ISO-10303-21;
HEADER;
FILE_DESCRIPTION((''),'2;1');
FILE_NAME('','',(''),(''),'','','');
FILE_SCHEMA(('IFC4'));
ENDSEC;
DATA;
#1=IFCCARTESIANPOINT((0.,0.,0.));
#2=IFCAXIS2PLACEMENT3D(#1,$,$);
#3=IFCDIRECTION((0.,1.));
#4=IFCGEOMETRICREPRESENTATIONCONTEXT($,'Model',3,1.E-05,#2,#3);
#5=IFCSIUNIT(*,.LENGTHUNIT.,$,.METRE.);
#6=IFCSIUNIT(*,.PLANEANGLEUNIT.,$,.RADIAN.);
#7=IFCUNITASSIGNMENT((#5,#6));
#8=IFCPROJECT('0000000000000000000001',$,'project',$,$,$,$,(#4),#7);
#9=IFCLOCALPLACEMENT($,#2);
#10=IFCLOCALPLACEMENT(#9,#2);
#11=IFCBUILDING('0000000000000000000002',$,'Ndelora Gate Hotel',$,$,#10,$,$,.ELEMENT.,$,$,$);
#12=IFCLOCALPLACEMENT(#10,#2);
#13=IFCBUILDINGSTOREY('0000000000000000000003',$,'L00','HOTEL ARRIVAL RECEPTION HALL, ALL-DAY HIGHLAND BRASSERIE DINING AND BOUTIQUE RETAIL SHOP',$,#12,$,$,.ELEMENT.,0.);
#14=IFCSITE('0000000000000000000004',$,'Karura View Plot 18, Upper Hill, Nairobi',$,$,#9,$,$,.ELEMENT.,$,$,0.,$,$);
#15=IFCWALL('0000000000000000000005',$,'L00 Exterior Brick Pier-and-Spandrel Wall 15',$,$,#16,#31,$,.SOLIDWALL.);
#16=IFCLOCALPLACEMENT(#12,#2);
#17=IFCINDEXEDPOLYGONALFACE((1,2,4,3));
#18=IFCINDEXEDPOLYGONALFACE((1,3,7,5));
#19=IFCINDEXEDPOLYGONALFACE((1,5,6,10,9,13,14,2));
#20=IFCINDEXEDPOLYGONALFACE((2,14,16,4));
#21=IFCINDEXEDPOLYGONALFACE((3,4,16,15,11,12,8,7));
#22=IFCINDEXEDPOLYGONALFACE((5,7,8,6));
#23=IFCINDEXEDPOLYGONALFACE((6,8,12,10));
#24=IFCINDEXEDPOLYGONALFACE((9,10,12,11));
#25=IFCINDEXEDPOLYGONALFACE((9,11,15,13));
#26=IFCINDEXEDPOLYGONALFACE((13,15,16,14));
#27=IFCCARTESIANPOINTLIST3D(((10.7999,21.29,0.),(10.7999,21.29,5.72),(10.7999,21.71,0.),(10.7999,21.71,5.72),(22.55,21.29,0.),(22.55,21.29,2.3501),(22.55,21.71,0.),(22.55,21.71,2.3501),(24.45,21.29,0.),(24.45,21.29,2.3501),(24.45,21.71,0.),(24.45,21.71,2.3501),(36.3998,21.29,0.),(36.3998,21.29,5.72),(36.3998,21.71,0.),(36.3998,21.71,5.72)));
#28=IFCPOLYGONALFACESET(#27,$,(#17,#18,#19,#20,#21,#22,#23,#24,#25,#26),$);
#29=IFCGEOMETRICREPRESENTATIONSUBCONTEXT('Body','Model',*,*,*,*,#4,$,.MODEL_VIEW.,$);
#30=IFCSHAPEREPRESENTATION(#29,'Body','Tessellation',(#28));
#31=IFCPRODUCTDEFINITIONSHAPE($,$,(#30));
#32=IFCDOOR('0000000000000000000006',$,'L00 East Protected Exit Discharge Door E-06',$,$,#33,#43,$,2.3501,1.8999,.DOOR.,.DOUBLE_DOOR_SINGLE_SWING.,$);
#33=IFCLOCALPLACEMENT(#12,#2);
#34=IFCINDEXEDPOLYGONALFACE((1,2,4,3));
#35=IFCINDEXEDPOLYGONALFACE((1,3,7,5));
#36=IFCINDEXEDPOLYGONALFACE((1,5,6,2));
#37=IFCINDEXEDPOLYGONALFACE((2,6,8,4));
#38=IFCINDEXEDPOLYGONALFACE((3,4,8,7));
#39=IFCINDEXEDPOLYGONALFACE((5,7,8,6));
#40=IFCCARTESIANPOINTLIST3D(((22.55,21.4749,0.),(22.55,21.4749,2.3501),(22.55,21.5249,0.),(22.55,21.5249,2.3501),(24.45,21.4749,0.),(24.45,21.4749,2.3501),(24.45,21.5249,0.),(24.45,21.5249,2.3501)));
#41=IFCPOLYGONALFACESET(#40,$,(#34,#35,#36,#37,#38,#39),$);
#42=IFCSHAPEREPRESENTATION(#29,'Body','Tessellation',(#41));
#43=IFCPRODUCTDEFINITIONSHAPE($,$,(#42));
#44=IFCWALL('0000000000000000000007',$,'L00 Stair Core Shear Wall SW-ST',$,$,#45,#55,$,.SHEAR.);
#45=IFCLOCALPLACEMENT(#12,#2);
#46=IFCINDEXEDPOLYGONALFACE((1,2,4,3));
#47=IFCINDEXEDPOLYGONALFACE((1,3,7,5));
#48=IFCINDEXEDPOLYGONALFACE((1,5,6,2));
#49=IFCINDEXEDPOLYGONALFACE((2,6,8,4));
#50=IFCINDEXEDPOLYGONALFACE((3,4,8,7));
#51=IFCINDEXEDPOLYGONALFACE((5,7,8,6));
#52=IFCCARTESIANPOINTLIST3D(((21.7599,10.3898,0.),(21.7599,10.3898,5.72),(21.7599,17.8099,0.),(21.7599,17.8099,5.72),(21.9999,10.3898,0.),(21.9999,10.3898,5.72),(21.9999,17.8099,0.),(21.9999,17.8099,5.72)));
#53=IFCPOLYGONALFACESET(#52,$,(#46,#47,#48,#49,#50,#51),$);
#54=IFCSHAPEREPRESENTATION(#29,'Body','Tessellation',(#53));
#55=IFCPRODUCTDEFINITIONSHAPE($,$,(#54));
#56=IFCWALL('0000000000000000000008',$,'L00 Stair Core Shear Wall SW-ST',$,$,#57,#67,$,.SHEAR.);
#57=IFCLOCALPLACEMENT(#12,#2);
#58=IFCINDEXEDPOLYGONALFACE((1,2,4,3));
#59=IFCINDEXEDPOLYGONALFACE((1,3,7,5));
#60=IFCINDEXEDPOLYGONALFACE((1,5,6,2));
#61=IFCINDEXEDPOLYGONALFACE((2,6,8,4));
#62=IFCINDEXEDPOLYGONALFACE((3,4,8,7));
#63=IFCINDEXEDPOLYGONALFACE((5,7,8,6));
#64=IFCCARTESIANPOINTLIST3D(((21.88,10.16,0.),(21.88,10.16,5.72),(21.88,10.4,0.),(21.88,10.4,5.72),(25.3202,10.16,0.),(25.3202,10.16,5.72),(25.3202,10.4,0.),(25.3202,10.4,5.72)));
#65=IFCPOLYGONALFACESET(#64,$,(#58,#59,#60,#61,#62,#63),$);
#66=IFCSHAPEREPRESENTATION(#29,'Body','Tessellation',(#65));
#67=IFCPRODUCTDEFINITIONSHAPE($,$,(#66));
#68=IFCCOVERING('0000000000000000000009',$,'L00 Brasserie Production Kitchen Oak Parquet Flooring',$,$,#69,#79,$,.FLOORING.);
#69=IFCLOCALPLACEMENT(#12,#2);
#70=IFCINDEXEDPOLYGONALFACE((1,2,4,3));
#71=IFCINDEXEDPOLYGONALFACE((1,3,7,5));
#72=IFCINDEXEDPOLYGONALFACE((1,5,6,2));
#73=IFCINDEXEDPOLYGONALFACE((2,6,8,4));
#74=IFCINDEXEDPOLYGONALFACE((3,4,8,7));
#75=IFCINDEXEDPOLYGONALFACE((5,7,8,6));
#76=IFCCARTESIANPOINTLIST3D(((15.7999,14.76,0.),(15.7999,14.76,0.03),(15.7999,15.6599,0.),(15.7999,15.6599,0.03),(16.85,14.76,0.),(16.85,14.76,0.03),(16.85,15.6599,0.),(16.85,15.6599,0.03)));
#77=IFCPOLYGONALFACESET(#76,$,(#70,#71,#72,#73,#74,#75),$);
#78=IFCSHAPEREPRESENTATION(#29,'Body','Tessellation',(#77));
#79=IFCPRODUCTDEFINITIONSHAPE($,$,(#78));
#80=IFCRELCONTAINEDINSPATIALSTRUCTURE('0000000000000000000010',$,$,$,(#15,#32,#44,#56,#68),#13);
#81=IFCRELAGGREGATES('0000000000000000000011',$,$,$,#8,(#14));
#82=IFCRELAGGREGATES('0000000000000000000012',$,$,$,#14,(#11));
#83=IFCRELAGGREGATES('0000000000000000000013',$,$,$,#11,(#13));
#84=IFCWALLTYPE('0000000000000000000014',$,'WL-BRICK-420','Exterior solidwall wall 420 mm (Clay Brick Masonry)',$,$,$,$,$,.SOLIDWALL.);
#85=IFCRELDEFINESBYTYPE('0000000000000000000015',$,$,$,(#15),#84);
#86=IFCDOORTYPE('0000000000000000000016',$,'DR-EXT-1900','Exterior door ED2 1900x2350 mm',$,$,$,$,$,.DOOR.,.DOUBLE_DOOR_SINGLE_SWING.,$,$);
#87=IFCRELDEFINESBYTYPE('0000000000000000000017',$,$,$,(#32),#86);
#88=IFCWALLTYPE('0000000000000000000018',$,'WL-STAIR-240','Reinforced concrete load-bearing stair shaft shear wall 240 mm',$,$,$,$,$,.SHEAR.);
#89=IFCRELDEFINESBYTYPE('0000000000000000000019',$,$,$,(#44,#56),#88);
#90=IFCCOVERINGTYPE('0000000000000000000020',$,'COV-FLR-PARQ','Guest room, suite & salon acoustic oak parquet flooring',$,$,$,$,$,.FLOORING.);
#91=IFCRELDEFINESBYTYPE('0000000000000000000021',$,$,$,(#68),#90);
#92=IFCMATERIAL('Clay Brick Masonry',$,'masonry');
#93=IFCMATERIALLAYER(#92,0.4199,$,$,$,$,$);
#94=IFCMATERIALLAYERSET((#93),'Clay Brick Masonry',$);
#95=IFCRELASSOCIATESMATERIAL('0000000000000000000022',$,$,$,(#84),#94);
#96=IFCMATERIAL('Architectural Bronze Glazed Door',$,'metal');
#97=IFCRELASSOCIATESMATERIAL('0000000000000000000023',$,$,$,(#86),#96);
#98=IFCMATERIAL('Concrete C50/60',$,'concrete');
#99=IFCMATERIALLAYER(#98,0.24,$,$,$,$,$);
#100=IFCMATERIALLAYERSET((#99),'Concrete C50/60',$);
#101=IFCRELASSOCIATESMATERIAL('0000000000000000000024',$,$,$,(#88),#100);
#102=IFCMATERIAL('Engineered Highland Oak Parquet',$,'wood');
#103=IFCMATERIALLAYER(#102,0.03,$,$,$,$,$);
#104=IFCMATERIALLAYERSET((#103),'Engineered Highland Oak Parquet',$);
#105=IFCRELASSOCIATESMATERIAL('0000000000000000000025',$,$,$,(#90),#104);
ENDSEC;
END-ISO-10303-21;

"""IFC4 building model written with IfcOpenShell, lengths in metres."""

from ifc_helpers import new_model, si_unit, direction, frame, frame_2d, origin, origin_2d, place, context, subcontext, project, spatial, rectangle, extrude, material, layer, layer_set, type_object, element, fill, save


model = new_model("IFC4")

# Units and contexts
model_context = context("Model", 3, precision=1e-05, world=origin(), true_north=direction((0.0, 1.0)))
body_context = subcontext(model_context, "Body", "Model", "MODEL_VIEW")
ifc_project = project(units=[si_unit("LENGTHUNIT", "METRE"), si_unit("PLANEANGLEUNIT", "RADIAN")], contexts=[model_context])

# Site, building, storey
site_placement = place(None, origin())
site = spatial("IfcSite", under=ifc_project, at=site_placement, Name="Karura View Plot 18, Upper Hill, Nairobi", CompositionType="ELEMENT", RefElevation=0.0)
building_placement = place(site_placement, origin())
building = spatial("IfcBuilding", under=site, at=building_placement, Name="Ndelora Gate Hotel", CompositionType="ELEMENT")
storey_placement = place(building_placement, origin())
storey = spatial("IfcBuildingStorey", under=building, at=storey_placement, Name="L00", Description="HOTEL ARRIVAL RECEPTION HALL, ALL-DAY HIGHLAND BRASSERIE DINING AND BOUTIQUE RETAIL SHOP", CompositionType="ELEMENT", Elevation=0.0)

# Shared definitions
ifc_material_1 = material(Name="Concrete C50/60", Category="concrete")

# Shared definitions
ifc_material_2 = material(Name="Clay Brick Masonry", Category="masonry")

# Wall, opening, door
ifc_layer_1 = layer(ifc_material_2, 0.4199)
ifc_layer_set_1 = layer_set([ifc_layer_1], Name="Clay Brick Masonry")
wall_type_1 = type_object("IfcWallType", Name="WL-BRICK-420", Description="Exterior solidwall wall 420 mm (Clay Brick Masonry)", PredefinedType="SOLIDWALL", material=ifc_layer_set_1)
wall_1_placement = place(storey_placement, frame((10.8, 21.5, 0.0), z_axis=(0.0, 0.0, 1.0), x_axis=(1.0, 0.0, 0.0)))
wall_1 = element("IfcWall", 1, at=wall_1_placement, inside=storey, type_object=wall_type_1, Name="L00 Exterior Brick Pier-and-Spandrel Wall 15", PredefinedType="SOLIDWALL", context=body_context, shape_type="SweptSolid", body=[
    extrude(rectangle(XDim=25.5999, YDim=0.4199, at=frame_2d((12.7998, 0.0))), origin(), (0.0, 0.0, 1.0), 5.72),
])
opening_placement = place(wall_1_placement, frame((11.75, 0.0, 0.0)))
opening = element("IfcOpeningElement", 2, at=opening_placement, cuts=wall_1, PredefinedType="OPENING", context=body_context, shape_type="SweptSolid", body=[
    extrude(rectangle(XDim=1.8999, YDim=2.3501, at=frame_2d((0.95, 1.175))), frame((0.0, 0.22, 0.0), z_axis=(0.0, -1.0, 0.0), x_axis=(1.0, 0.0, 0.0)), (0.0, 0.0, 1.0), 0.4399),
])
ifc_material_3 = material(Name="Architectural Bronze Glazed Door", Category="metal")
door_type = type_object("IfcDoorType", Name="DR-EXT-1900", Description="Exterior door ED2 1900x2350 mm", OperationType="DOUBLE_DOOR_SINGLE_SWING", PredefinedType="DOOR", material=ifc_material_3)
door_placement = place(opening_placement, origin())
door = element("IfcDoor", 3, at=door_placement, inside=storey, type_object=door_type, Name="L00 East Protected Exit Discharge Door E-06", OperationType="DOUBLE_DOOR_SINGLE_SWING", OverallHeight=2.3501, OverallWidth=1.8999, PredefinedType="DOOR", context=body_context, shape_type="SweptSolid", body=[
    extrude(rectangle(XDim=1.8999, YDim=2.3501, at=frame_2d((0.95, 1.175))), frame((0.0, 0.0249, 0.0), z_axis=(0.0, -1.0, 0.0), x_axis=(1.0, 0.0, 0.0)), (0.0, 0.0, 1.0), 0.05),
])
fill(opening, door)

# Walls
ifc_layer_2 = layer(ifc_material_1, 0.24)
ifc_layer_set_2 = layer_set([ifc_layer_2], Name="Concrete C50/60")
wall_type_2 = type_object("IfcWallType", Name="WL-STAIR-240", Description="Reinforced concrete load-bearing stair shaft shear wall 240 mm", PredefinedType="SHEAR", material=ifc_layer_set_2)
wall_2_placement = place(storey_placement, frame((21.8799, 10.3899, 0.0), z_axis=(0.0, 0.0, 1.0), x_axis=(0.0, 1.0, 0.0)))
element("IfcWall", 4, at=wall_2_placement, inside=storey, type_object=wall_type_2, Name="L00 Stair Core Shear Wall SW-ST", PredefinedType="SHEAR", context=body_context, shape_type="SweptSolid", body=[
    extrude(rectangle(XDim=7.4202, YDim=0.24, at=frame_2d((3.71, 0.0))), origin(), (0.0, 0.0, 1.0), 5.72),
])
wall_3_placement = place(storey_placement, frame((21.8799, 10.28, 0.0), z_axis=(0.0, 0.0, 1.0), x_axis=(1.0, 0.0, 0.0)))
element("IfcWall", 5, at=wall_3_placement, inside=storey, type_object=wall_type_2, Name="L00 Stair Core Shear Wall SW-ST", PredefinedType="SHEAR", context=body_context, shape_type="SweptSolid", body=[
    extrude(rectangle(XDim=3.4402, YDim=0.24, at=frame_2d((1.7202, 0.0))), origin(), (0.0, 0.0, 1.0), 5.72),
])

# Covering
ifc_material_4 = material(Name="Engineered Highland Oak Parquet", Category="wood")
ifc_layer_3 = layer(ifc_material_4, 0.03)
ifc_layer_set_3 = layer_set([ifc_layer_3], Name="Engineered Highland Oak Parquet")
covering_type = type_object("IfcCoveringType", Name="COV-FLR-PARQ", Description="Guest room, suite & salon acoustic oak parquet flooring", PredefinedType="FLOORING", material=ifc_layer_set_3)
covering_placement = place(storey_placement, frame((16.325, 15.21, 0.0), z_axis=(0.0, 0.0, 1.0), x_axis=(1.0, 0.0, 0.0)))
element("IfcCovering", 6, at=covering_placement, inside=storey, type_object=covering_type, Name="L00 Brasserie Production Kitchen Oak Parquet Flooring", PredefinedType="FLOORING", context=body_context, shape_type="SweptSolid", body=[
    extrude(rectangle(XDim=1.05, YDim=0.8999, at=origin_2d()), origin(), (0.0, 0.0, 1.0), 0.03),
])

save(model, "model.ifc")
